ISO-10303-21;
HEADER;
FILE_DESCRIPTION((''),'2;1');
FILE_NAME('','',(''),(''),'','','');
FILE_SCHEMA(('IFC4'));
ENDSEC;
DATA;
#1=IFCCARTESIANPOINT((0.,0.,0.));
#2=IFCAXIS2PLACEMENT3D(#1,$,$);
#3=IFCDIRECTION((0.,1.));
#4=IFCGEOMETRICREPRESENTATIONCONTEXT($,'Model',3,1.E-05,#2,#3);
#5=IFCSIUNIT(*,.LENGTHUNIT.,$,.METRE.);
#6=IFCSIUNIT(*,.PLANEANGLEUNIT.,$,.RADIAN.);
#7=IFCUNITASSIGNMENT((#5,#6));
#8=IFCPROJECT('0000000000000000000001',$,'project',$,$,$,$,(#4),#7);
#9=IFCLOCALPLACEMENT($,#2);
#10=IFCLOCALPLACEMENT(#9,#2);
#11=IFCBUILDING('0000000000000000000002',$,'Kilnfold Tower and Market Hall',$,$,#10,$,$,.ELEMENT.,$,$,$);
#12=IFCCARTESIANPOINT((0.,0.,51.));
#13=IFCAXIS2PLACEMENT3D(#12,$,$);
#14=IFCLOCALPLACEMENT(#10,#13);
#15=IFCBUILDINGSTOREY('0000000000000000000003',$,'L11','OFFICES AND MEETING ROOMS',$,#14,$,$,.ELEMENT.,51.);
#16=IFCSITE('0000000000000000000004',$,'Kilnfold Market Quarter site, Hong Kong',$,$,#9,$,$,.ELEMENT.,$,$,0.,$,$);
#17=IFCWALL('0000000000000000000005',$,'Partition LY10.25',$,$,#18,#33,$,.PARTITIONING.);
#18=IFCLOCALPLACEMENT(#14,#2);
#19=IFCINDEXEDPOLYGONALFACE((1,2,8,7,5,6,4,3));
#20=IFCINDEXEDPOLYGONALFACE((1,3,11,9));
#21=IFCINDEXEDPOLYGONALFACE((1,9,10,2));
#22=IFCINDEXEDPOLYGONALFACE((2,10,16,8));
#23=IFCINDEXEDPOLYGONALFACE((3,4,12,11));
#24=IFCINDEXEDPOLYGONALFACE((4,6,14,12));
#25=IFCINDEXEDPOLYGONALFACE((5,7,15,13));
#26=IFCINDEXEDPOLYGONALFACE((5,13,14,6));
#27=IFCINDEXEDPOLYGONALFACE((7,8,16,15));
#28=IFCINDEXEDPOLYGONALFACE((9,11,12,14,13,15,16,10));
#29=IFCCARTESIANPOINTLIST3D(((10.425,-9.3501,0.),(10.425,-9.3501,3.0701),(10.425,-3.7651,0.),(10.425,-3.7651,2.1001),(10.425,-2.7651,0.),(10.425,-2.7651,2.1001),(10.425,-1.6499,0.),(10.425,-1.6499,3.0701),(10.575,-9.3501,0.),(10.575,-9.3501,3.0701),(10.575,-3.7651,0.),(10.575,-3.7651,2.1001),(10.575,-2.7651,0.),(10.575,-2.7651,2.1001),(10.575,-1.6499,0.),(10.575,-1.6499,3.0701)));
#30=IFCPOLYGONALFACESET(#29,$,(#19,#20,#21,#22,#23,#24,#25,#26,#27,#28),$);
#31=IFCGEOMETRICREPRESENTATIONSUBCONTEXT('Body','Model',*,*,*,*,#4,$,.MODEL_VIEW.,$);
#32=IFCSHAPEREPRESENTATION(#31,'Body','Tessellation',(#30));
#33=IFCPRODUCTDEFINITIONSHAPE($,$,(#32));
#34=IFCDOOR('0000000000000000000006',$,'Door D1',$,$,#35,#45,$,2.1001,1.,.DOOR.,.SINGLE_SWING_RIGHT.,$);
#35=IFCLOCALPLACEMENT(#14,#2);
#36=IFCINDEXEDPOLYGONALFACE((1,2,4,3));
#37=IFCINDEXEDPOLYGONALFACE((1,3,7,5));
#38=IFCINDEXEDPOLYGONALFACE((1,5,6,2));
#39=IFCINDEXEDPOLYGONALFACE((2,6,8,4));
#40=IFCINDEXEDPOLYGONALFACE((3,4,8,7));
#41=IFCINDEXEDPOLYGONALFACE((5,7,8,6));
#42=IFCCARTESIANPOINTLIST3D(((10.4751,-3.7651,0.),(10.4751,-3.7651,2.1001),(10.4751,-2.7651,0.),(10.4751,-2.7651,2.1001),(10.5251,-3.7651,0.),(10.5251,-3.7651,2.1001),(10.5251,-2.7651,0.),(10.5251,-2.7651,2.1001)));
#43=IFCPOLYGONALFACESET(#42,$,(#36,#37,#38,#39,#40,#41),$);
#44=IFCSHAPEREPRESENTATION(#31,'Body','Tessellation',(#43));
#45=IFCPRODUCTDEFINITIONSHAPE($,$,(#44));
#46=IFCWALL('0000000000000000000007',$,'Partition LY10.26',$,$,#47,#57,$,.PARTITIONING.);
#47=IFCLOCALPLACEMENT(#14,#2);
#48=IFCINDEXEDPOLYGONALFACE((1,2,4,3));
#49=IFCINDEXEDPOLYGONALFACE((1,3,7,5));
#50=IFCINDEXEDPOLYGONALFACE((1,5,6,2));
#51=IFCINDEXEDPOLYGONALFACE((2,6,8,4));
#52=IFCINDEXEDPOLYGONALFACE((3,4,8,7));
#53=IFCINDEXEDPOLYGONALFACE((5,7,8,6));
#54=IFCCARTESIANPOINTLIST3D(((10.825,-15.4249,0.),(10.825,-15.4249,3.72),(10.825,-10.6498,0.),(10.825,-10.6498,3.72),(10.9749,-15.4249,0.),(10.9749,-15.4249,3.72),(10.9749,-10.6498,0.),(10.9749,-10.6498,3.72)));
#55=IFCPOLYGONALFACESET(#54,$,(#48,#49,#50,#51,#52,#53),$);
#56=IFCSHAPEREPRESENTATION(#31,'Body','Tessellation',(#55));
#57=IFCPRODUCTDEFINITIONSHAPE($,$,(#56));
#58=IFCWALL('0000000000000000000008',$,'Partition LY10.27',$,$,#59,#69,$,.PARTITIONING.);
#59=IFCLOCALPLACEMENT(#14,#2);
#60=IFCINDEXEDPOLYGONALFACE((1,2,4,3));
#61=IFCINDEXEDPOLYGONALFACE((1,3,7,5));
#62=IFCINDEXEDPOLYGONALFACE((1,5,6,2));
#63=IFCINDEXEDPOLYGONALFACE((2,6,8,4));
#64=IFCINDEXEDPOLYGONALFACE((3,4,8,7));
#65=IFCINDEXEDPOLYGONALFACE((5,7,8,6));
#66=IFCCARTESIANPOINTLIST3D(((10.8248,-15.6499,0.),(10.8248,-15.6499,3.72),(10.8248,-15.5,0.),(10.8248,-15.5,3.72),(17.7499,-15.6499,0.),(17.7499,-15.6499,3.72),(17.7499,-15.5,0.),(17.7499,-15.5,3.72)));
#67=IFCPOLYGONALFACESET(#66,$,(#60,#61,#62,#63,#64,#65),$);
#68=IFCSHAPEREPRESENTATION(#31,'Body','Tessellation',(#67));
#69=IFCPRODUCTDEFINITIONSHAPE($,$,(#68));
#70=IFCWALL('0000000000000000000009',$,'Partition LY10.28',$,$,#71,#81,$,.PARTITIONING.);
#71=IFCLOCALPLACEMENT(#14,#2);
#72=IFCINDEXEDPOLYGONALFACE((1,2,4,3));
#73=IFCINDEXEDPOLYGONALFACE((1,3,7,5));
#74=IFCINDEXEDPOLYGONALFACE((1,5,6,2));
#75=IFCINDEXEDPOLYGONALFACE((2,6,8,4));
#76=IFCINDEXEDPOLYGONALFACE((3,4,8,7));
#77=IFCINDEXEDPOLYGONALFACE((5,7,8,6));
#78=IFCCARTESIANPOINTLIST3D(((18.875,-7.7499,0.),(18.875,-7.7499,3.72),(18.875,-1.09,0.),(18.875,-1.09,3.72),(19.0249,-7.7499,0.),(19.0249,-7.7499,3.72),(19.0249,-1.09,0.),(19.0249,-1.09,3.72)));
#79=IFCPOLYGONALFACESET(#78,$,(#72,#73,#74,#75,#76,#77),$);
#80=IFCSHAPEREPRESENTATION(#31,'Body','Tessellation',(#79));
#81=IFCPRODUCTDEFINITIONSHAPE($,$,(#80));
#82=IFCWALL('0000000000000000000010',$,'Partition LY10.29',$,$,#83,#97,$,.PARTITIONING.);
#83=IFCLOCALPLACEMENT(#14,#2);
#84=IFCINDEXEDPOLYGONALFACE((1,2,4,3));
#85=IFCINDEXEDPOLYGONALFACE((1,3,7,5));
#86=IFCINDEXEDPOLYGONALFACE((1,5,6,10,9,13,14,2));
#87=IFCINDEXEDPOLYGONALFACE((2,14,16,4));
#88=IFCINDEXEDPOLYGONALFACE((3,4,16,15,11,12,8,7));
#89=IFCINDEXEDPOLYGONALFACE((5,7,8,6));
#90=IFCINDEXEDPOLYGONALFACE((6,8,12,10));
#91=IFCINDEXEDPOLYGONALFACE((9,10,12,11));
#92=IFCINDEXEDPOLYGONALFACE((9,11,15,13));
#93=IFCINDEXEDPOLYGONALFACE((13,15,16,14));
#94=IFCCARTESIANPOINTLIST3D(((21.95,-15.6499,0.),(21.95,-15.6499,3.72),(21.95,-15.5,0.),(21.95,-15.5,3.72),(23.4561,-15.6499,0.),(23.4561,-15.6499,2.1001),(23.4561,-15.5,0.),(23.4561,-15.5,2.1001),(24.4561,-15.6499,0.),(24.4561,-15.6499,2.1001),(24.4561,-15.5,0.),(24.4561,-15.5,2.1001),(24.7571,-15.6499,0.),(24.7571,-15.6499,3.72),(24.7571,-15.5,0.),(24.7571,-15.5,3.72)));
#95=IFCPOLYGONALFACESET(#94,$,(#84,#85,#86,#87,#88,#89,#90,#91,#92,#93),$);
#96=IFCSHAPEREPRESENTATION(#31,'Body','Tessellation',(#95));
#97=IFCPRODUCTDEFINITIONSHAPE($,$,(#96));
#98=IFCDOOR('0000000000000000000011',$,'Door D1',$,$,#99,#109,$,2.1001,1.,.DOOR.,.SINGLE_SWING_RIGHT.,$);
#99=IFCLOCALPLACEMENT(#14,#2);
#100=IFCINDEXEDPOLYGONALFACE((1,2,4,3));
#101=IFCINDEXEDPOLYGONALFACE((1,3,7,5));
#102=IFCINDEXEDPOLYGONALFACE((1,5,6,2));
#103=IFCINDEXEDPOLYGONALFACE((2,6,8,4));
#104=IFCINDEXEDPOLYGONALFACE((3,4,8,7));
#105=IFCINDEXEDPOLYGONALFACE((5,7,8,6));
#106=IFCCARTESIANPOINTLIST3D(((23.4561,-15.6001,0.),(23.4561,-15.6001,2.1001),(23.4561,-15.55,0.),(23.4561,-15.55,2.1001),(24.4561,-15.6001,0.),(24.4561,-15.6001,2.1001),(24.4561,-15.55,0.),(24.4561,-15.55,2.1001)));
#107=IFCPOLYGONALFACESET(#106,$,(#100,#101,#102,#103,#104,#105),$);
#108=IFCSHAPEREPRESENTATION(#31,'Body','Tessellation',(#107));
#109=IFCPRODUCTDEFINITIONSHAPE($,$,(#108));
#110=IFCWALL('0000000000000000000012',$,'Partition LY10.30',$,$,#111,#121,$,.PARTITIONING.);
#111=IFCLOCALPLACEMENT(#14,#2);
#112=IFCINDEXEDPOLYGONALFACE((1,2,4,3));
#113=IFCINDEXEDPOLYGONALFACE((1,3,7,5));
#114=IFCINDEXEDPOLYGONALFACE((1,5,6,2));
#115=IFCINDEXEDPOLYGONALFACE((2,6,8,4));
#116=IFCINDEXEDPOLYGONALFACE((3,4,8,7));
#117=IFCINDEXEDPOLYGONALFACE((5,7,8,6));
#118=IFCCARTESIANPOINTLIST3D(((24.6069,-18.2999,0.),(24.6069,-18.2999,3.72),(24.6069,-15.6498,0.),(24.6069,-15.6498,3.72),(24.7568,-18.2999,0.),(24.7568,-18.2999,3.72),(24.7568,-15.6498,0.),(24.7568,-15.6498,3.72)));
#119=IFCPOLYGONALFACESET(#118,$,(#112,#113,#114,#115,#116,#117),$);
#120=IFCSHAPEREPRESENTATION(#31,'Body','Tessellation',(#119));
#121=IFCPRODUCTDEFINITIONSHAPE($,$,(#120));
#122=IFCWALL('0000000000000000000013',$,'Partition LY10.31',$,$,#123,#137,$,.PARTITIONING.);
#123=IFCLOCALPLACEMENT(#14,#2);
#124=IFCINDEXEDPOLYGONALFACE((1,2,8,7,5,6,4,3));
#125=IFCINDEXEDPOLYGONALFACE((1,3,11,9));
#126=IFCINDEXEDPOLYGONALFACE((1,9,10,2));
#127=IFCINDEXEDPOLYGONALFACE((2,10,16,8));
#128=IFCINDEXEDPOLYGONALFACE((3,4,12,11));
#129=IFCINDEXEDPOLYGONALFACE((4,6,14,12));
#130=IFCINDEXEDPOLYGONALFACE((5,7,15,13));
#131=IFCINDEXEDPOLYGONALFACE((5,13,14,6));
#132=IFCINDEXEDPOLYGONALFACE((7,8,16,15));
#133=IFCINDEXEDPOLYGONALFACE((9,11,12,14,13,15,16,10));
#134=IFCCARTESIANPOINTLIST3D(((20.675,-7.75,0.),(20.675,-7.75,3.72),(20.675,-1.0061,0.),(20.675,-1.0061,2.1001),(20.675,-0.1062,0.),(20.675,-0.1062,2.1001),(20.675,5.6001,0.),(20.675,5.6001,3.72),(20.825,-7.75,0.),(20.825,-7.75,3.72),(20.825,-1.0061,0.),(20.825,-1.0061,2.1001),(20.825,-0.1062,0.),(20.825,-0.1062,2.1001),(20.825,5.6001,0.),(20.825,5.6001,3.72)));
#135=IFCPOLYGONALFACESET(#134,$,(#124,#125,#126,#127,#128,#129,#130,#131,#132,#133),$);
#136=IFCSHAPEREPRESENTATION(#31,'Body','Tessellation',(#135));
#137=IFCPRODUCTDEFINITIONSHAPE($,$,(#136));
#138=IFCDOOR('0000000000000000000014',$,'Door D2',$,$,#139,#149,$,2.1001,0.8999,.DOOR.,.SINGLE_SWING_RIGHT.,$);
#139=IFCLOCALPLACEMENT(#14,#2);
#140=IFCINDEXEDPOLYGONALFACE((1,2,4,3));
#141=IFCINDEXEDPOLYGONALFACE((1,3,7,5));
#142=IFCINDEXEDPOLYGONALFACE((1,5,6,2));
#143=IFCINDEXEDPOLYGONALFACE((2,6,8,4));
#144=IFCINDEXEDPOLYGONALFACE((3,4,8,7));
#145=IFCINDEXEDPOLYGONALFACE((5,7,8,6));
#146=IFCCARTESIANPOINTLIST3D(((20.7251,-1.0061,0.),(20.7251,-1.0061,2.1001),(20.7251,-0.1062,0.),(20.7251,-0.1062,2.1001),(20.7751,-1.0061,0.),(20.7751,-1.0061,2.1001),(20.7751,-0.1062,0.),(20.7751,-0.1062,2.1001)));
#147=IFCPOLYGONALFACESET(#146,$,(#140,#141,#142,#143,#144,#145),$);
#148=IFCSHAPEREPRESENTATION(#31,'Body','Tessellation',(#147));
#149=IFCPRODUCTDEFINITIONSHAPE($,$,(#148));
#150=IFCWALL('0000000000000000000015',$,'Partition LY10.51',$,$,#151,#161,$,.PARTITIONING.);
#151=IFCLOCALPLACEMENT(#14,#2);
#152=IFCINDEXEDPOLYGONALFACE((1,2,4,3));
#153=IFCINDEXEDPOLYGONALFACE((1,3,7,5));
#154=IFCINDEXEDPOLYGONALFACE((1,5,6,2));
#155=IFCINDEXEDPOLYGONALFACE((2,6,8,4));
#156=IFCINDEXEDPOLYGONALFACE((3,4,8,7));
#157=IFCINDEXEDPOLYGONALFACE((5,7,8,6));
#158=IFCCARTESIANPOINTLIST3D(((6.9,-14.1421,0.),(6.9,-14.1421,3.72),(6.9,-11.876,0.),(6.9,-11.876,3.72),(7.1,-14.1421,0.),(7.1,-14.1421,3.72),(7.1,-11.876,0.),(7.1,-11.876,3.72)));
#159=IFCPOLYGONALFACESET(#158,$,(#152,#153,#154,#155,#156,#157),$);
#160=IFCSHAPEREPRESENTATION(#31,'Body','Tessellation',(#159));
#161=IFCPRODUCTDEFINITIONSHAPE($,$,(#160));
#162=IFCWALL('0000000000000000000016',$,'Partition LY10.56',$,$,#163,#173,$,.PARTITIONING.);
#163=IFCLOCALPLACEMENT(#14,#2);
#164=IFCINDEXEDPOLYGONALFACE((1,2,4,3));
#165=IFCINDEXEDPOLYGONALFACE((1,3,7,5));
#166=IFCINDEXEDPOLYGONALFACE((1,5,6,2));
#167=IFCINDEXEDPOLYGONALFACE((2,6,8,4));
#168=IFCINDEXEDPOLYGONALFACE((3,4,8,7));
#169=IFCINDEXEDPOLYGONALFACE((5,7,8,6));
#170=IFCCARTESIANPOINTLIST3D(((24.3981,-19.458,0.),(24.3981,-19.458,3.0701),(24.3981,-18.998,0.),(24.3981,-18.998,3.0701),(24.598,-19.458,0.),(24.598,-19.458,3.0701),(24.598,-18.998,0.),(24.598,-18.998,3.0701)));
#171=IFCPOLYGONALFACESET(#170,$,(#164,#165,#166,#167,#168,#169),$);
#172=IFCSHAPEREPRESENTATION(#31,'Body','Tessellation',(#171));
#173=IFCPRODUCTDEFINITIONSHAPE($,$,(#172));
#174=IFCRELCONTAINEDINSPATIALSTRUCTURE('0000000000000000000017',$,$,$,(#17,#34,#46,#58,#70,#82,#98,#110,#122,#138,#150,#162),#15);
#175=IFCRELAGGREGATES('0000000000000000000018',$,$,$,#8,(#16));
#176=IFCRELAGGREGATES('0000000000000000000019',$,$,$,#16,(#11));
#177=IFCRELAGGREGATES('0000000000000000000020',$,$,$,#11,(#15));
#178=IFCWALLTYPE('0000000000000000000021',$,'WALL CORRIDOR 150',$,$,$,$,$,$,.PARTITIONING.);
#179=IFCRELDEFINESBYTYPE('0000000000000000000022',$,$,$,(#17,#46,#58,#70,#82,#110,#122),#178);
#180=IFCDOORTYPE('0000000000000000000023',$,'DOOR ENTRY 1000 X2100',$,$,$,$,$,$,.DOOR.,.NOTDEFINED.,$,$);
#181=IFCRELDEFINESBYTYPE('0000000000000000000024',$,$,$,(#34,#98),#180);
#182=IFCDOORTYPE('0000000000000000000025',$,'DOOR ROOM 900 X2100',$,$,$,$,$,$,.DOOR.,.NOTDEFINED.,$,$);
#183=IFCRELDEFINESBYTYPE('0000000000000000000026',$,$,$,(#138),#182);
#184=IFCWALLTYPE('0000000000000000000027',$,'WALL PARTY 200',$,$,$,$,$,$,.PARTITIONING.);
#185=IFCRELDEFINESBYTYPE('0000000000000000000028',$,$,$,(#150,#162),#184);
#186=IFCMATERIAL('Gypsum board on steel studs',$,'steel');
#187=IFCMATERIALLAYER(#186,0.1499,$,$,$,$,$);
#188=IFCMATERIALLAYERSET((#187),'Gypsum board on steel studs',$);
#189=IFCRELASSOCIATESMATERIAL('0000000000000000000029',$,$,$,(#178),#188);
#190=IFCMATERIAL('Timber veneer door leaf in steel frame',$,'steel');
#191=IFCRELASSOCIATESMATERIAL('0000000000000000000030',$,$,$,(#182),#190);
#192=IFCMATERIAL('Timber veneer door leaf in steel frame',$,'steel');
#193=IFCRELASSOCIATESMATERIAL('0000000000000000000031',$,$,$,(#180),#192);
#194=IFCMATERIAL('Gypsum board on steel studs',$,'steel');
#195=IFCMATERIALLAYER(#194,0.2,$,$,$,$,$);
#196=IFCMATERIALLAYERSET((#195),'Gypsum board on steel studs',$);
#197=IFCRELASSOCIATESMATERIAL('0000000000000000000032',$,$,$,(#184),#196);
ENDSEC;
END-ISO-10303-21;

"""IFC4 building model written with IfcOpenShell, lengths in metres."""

from ifc_helpers import new_model, si_unit, direction, frame, frame_2d, origin, place, context, subcontext, project, spatial, rectangle, extrude, material, layer, layer_set, type_object, element, fill, save


model = new_model("IFC4")

# Units and contexts
model_context = context("Model", 3, precision=1e-05, world=origin(), true_north=direction((0.0, 1.0)))
body_context = subcontext(model_context, "Body", "Model", "MODEL_VIEW")
ifc_project = project(units=[si_unit("LENGTHUNIT", "METRE"), si_unit("PLANEANGLEUNIT", "RADIAN")], contexts=[model_context])

# Site, building, storey
site_placement = place(None, origin())
site = spatial("IfcSite", under=ifc_project, at=site_placement, Name="Kilnfold Market Quarter site, Hong Kong", CompositionType="ELEMENT", RefElevation=0.0)
building_placement = place(site_placement, origin())
building = spatial("IfcBuilding", under=site, at=building_placement, Name="Kilnfold Tower and Market Hall", CompositionType="ELEMENT")
storey_placement = place(building_placement, frame((0.0, 0.0, 51.0)))
storey = spatial("IfcBuildingStorey", under=building, at=storey_placement, Name="L11", Description="OFFICES AND MEETING ROOMS", CompositionType="ELEMENT", Elevation=51.0)

# Shared definitions
ifc_material_1 = material(Name="Gypsum board on steel studs", Category="steel")
ifc_layer_1 = layer(ifc_material_1, 0.1499)
ifc_layer_set_1 = layer_set([ifc_layer_1], Name="Gypsum board on steel studs")
wall_type_1 = type_object("IfcWallType", Name="WALL CORRIDOR 150", PredefinedType="PARTITIONING", material=ifc_layer_set_1)
ifc_material_2 = material(Name="Timber veneer door leaf in steel frame", Category="steel")
door_type_1 = type_object("IfcDoorType", Name="DOOR ROOM 900 X2100", OperationType="NOTDEFINED", PredefinedType="DOOR", material=ifc_material_2)

# Wall, opening, door
ifc_material_3 = material(Name="Timber veneer door leaf in steel frame", Category="steel")
door_type_2 = type_object("IfcDoorType", Name="DOOR ENTRY 1000 X2100", OperationType="NOTDEFINED", PredefinedType="DOOR", material=ifc_material_3)
wall_1_placement = place(storey_placement, frame((10.5, -9.3501, 0.0), z_axis=(0.0, 0.0, 1.0), x_axis=(0.0, 1.0, 0.0)))
wall_1 = element("IfcWall", 1, at=wall_1_placement, inside=storey, type_object=wall_type_1, Name="Partition LY10.25", PredefinedType="PARTITIONING", context=body_context, shape_type="SweptSolid", body=[
    extrude(rectangle(XDim=7.7002, YDim=0.1499, at=frame_2d((3.8501, 0.0))), origin(), (0.0, 0.0, 1.0), 3.0701),
])
opening_1_placement = place(wall_1_placement, frame((5.585, 0.0, 0.0)))
opening_1 = element("IfcOpeningElement", 2, at=opening_1_placement, cuts=wall_1, PredefinedType="OPENING", context=body_context, shape_type="SweptSolid", body=[
    extrude(rectangle(XDim=1.0, YDim=2.1001, at=frame_2d((0.5, 1.05))), frame((0.0, 0.085, 0.0), z_axis=(0.0, -1.0, 0.0), x_axis=(1.0, 0.0, 0.0)), (0.0, 0.0, 1.0), 0.1699),
])
door_1_placement = place(opening_1_placement, origin())
door_1 = element("IfcDoor", 3, at=door_1_placement, inside=storey, type_object=door_type_2, Name="Door D1", OperationType="SINGLE_SWING_RIGHT", OverallHeight=2.1001, OverallWidth=1.0, PredefinedType="DOOR", context=body_context, shape_type="SweptSolid", body=[
    extrude(rectangle(XDim=1.0, YDim=2.1001, at=frame_2d((0.5, 1.05))), frame((0.0, 0.0249, 0.0), z_axis=(0.0, -1.0, 0.0), x_axis=(1.0, 0.0, 0.0)), (0.0, 0.0, 1.0), 0.05),
])
fill(opening_1, door_1)

# Walls
wall_2_placement = place(storey_placement, frame((10.8999, -15.425, 0.0), z_axis=(0.0, 0.0, 1.0), x_axis=(0.0, 1.0, 0.0)))
element("IfcWall", 4, at=wall_2_placement, inside=storey, type_object=wall_type_1, Name="Partition LY10.26", PredefinedType="PARTITIONING", context=body_context, shape_type="SweptSolid", body=[
    extrude(rectangle(XDim=4.7751, YDim=0.1499, at=frame_2d((2.3877, 0.0))), origin(), (0.0, 0.0, 1.0), 3.72),
])
wall_3_placement = place(storey_placement, frame((10.825, -15.575, 0.0), z_axis=(0.0, 0.0, 1.0), x_axis=(1.0, 0.0, 0.0)))
element("IfcWall", 5, at=wall_3_placement, inside=storey, type_object=wall_type_1, Name="Partition LY10.27", PredefinedType="PARTITIONING", context=body_context, shape_type="SweptSolid", body=[
    extrude(rectangle(XDim=6.925, YDim=0.1499, at=frame_2d((3.4624, 0.0))), origin(), (0.0, 0.0, 1.0), 3.72),
])
wall_4_placement = place(storey_placement, frame((18.95, -7.75, 0.0), z_axis=(0.0, 0.0, 1.0), x_axis=(0.0, 1.0, 0.0)))
element("IfcWall", 6, at=wall_4_placement, inside=storey, type_object=wall_type_1, Name="Partition LY10.28", PredefinedType="PARTITIONING", context=body_context, shape_type="SweptSolid", body=[
    extrude(rectangle(XDim=6.6599, YDim=0.1499, at=frame_2d((3.3301, 0.0))), origin(), (0.0, 0.0, 1.0), 3.72),
])

# Wall, opening, door
wall_5_placement = place(storey_placement, frame((21.95, -15.575, 0.0), z_axis=(0.0, 0.0, 1.0), x_axis=(1.0, 0.0, 0.0)))
wall_5 = element("IfcWall", 7, at=wall_5_placement, inside=storey, type_object=wall_type_1, Name="Partition LY10.29", PredefinedType="PARTITIONING", context=body_context, shape_type="SweptSolid", body=[
    extrude(rectangle(XDim=2.8071, YDim=0.1499, at=frame_2d((1.4036, 0.0))), origin(), (0.0, 0.0, 1.0), 3.72),
])
opening_2_placement = place(wall_5_placement, frame((1.5061, 0.0, 0.0)))
opening_2 = element("IfcOpeningElement", 8, at=opening_2_placement, cuts=wall_5, PredefinedType="OPENING", context=body_context, shape_type="SweptSolid", body=[
    extrude(rectangle(XDim=1.0, YDim=2.1001, at=frame_2d((0.5, 1.05))), frame((0.0, 0.085, 0.0), z_axis=(0.0, -1.0, 0.0), x_axis=(1.0, 0.0, 0.0)), (0.0, 0.0, 1.0), 0.1699),
])
door_2_placement = place(opening_2_placement, origin())
door_2 = element("IfcDoor", 9, at=door_2_placement, inside=storey, type_object=door_type_2, Name="Door D1", OperationType="SINGLE_SWING_RIGHT", OverallHeight=2.1001, OverallWidth=1.0, PredefinedType="DOOR", context=body_context, shape_type="SweptSolid", body=[
    extrude(rectangle(XDim=1.0, YDim=2.1001, at=frame_2d((0.5, 1.05))), frame((0.0, 0.0249, 0.0), z_axis=(0.0, -1.0, 0.0), x_axis=(1.0, 0.0, 0.0)), (0.0, 0.0, 1.0), 0.05),
])
fill(opening_2, door_2)

# Wall
wall_6_placement = place(storey_placement, frame((24.6819, -18.3, 0.0), z_axis=(0.0, 0.0, 1.0), x_axis=(0.0, 1.0, 0.0)))
element("IfcWall", 10, at=wall_6_placement, inside=storey, type_object=wall_type_1, Name="Partition LY10.30", PredefinedType="PARTITIONING", context=body_context, shape_type="SweptSolid", body=[
    extrude(rectangle(XDim=2.6501, YDim=0.1499, at=frame_2d((1.3252, 0.0))), origin(), (0.0, 0.0, 1.0), 3.72),
])

# Wall, opening, door
wall_7_placement = place(storey_placement, frame((20.75, -7.75, 0.0), z_axis=(0.0, 0.0, 1.0), x_axis=(0.0, 1.0, 0.0)))
wall_7 = element("IfcWall", 11, at=wall_7_placement, inside=storey, type_object=wall_type_1, Name="Partition LY10.31", PredefinedType="PARTITIONING", context=body_context, shape_type="SweptSolid", body=[
    extrude(rectangle(XDim=13.3501, YDim=0.1499, at=frame_2d((6.675, 0.0))), origin(), (0.0, 0.0, 1.0), 3.72),
])
opening_3_placement = place(wall_7_placement, frame((6.7439, 0.0, 0.0)))
opening_3 = element("IfcOpeningElement", 12, at=opening_3_placement, cuts=wall_7, PredefinedType="OPENING", context=body_context, shape_type="SweptSolid", body=[
    extrude(rectangle(XDim=0.8999, YDim=2.1001, at=frame_2d((0.45, 1.05))), frame((0.0, 0.085, 0.0), z_axis=(0.0, -1.0, 0.0), x_axis=(1.0, 0.0, 0.0)), (0.0, 0.0, 1.0), 0.1699),
])
door_3_placement = place(opening_3_placement, origin())
door_3 = element("IfcDoor", 13, at=door_3_placement, inside=storey, type_object=door_type_1, Name="Door D2", OperationType="SINGLE_SWING_RIGHT", OverallHeight=2.1001, OverallWidth=0.8999, PredefinedType="DOOR", context=body_context, shape_type="SweptSolid", body=[
    extrude(rectangle(XDim=0.8999, YDim=2.1001, at=frame_2d((0.45, 1.05))), frame((0.0, 0.0249, 0.0), z_axis=(0.0, -1.0, 0.0), x_axis=(1.0, 0.0, 0.0)), (0.0, 0.0, 1.0), 0.05),
])
fill(opening_3, door_3)

# Walls
ifc_material_4 = material(Name="Gypsum board on steel studs", Category="steel")
ifc_layer_2 = layer(ifc_material_4, 0.2)
ifc_layer_set_2 = layer_set([ifc_layer_2], Name="Gypsum board on steel studs")
wall_type_2 = type_object("IfcWallType", Name="WALL PARTY 200", PredefinedType="PARTITIONING", material=ifc_layer_set_2)
wall_8_placement = place(storey_placement, frame((7.0, -14.1421, 0.0), z_axis=(0.0, 0.0, 1.0), x_axis=(0.0, 1.0, 0.0)))
element("IfcWall", 14, at=wall_8_placement, inside=storey, type_object=wall_type_2, Name="Partition LY10.51", PredefinedType="PARTITIONING", context=body_context, shape_type="SweptSolid", body=[
    extrude(rectangle(XDim=2.2661, YDim=0.2, at=frame_2d((1.1331, 0.0))), origin(), (0.0, 0.0, 1.0), 3.72),
])
wall_9_placement = place(storey_placement, frame((24.498, -19.458, 0.0), z_axis=(0.0, 0.0, 1.0), x_axis=(0.0, 1.0, 0.0)))
element("IfcWall", 15, at=wall_9_placement, inside=storey, type_object=wall_type_2, Name="Partition LY10.56", PredefinedType="PARTITIONING", context=body_context, shape_type="SweptSolid", body=[
    extrude(rectangle(XDim=0.46, YDim=0.2, at=frame_2d((0.23, 0.0))), origin(), (0.0, 0.0, 1.0), 3.0701),
])

save(model, "model.ifc")
